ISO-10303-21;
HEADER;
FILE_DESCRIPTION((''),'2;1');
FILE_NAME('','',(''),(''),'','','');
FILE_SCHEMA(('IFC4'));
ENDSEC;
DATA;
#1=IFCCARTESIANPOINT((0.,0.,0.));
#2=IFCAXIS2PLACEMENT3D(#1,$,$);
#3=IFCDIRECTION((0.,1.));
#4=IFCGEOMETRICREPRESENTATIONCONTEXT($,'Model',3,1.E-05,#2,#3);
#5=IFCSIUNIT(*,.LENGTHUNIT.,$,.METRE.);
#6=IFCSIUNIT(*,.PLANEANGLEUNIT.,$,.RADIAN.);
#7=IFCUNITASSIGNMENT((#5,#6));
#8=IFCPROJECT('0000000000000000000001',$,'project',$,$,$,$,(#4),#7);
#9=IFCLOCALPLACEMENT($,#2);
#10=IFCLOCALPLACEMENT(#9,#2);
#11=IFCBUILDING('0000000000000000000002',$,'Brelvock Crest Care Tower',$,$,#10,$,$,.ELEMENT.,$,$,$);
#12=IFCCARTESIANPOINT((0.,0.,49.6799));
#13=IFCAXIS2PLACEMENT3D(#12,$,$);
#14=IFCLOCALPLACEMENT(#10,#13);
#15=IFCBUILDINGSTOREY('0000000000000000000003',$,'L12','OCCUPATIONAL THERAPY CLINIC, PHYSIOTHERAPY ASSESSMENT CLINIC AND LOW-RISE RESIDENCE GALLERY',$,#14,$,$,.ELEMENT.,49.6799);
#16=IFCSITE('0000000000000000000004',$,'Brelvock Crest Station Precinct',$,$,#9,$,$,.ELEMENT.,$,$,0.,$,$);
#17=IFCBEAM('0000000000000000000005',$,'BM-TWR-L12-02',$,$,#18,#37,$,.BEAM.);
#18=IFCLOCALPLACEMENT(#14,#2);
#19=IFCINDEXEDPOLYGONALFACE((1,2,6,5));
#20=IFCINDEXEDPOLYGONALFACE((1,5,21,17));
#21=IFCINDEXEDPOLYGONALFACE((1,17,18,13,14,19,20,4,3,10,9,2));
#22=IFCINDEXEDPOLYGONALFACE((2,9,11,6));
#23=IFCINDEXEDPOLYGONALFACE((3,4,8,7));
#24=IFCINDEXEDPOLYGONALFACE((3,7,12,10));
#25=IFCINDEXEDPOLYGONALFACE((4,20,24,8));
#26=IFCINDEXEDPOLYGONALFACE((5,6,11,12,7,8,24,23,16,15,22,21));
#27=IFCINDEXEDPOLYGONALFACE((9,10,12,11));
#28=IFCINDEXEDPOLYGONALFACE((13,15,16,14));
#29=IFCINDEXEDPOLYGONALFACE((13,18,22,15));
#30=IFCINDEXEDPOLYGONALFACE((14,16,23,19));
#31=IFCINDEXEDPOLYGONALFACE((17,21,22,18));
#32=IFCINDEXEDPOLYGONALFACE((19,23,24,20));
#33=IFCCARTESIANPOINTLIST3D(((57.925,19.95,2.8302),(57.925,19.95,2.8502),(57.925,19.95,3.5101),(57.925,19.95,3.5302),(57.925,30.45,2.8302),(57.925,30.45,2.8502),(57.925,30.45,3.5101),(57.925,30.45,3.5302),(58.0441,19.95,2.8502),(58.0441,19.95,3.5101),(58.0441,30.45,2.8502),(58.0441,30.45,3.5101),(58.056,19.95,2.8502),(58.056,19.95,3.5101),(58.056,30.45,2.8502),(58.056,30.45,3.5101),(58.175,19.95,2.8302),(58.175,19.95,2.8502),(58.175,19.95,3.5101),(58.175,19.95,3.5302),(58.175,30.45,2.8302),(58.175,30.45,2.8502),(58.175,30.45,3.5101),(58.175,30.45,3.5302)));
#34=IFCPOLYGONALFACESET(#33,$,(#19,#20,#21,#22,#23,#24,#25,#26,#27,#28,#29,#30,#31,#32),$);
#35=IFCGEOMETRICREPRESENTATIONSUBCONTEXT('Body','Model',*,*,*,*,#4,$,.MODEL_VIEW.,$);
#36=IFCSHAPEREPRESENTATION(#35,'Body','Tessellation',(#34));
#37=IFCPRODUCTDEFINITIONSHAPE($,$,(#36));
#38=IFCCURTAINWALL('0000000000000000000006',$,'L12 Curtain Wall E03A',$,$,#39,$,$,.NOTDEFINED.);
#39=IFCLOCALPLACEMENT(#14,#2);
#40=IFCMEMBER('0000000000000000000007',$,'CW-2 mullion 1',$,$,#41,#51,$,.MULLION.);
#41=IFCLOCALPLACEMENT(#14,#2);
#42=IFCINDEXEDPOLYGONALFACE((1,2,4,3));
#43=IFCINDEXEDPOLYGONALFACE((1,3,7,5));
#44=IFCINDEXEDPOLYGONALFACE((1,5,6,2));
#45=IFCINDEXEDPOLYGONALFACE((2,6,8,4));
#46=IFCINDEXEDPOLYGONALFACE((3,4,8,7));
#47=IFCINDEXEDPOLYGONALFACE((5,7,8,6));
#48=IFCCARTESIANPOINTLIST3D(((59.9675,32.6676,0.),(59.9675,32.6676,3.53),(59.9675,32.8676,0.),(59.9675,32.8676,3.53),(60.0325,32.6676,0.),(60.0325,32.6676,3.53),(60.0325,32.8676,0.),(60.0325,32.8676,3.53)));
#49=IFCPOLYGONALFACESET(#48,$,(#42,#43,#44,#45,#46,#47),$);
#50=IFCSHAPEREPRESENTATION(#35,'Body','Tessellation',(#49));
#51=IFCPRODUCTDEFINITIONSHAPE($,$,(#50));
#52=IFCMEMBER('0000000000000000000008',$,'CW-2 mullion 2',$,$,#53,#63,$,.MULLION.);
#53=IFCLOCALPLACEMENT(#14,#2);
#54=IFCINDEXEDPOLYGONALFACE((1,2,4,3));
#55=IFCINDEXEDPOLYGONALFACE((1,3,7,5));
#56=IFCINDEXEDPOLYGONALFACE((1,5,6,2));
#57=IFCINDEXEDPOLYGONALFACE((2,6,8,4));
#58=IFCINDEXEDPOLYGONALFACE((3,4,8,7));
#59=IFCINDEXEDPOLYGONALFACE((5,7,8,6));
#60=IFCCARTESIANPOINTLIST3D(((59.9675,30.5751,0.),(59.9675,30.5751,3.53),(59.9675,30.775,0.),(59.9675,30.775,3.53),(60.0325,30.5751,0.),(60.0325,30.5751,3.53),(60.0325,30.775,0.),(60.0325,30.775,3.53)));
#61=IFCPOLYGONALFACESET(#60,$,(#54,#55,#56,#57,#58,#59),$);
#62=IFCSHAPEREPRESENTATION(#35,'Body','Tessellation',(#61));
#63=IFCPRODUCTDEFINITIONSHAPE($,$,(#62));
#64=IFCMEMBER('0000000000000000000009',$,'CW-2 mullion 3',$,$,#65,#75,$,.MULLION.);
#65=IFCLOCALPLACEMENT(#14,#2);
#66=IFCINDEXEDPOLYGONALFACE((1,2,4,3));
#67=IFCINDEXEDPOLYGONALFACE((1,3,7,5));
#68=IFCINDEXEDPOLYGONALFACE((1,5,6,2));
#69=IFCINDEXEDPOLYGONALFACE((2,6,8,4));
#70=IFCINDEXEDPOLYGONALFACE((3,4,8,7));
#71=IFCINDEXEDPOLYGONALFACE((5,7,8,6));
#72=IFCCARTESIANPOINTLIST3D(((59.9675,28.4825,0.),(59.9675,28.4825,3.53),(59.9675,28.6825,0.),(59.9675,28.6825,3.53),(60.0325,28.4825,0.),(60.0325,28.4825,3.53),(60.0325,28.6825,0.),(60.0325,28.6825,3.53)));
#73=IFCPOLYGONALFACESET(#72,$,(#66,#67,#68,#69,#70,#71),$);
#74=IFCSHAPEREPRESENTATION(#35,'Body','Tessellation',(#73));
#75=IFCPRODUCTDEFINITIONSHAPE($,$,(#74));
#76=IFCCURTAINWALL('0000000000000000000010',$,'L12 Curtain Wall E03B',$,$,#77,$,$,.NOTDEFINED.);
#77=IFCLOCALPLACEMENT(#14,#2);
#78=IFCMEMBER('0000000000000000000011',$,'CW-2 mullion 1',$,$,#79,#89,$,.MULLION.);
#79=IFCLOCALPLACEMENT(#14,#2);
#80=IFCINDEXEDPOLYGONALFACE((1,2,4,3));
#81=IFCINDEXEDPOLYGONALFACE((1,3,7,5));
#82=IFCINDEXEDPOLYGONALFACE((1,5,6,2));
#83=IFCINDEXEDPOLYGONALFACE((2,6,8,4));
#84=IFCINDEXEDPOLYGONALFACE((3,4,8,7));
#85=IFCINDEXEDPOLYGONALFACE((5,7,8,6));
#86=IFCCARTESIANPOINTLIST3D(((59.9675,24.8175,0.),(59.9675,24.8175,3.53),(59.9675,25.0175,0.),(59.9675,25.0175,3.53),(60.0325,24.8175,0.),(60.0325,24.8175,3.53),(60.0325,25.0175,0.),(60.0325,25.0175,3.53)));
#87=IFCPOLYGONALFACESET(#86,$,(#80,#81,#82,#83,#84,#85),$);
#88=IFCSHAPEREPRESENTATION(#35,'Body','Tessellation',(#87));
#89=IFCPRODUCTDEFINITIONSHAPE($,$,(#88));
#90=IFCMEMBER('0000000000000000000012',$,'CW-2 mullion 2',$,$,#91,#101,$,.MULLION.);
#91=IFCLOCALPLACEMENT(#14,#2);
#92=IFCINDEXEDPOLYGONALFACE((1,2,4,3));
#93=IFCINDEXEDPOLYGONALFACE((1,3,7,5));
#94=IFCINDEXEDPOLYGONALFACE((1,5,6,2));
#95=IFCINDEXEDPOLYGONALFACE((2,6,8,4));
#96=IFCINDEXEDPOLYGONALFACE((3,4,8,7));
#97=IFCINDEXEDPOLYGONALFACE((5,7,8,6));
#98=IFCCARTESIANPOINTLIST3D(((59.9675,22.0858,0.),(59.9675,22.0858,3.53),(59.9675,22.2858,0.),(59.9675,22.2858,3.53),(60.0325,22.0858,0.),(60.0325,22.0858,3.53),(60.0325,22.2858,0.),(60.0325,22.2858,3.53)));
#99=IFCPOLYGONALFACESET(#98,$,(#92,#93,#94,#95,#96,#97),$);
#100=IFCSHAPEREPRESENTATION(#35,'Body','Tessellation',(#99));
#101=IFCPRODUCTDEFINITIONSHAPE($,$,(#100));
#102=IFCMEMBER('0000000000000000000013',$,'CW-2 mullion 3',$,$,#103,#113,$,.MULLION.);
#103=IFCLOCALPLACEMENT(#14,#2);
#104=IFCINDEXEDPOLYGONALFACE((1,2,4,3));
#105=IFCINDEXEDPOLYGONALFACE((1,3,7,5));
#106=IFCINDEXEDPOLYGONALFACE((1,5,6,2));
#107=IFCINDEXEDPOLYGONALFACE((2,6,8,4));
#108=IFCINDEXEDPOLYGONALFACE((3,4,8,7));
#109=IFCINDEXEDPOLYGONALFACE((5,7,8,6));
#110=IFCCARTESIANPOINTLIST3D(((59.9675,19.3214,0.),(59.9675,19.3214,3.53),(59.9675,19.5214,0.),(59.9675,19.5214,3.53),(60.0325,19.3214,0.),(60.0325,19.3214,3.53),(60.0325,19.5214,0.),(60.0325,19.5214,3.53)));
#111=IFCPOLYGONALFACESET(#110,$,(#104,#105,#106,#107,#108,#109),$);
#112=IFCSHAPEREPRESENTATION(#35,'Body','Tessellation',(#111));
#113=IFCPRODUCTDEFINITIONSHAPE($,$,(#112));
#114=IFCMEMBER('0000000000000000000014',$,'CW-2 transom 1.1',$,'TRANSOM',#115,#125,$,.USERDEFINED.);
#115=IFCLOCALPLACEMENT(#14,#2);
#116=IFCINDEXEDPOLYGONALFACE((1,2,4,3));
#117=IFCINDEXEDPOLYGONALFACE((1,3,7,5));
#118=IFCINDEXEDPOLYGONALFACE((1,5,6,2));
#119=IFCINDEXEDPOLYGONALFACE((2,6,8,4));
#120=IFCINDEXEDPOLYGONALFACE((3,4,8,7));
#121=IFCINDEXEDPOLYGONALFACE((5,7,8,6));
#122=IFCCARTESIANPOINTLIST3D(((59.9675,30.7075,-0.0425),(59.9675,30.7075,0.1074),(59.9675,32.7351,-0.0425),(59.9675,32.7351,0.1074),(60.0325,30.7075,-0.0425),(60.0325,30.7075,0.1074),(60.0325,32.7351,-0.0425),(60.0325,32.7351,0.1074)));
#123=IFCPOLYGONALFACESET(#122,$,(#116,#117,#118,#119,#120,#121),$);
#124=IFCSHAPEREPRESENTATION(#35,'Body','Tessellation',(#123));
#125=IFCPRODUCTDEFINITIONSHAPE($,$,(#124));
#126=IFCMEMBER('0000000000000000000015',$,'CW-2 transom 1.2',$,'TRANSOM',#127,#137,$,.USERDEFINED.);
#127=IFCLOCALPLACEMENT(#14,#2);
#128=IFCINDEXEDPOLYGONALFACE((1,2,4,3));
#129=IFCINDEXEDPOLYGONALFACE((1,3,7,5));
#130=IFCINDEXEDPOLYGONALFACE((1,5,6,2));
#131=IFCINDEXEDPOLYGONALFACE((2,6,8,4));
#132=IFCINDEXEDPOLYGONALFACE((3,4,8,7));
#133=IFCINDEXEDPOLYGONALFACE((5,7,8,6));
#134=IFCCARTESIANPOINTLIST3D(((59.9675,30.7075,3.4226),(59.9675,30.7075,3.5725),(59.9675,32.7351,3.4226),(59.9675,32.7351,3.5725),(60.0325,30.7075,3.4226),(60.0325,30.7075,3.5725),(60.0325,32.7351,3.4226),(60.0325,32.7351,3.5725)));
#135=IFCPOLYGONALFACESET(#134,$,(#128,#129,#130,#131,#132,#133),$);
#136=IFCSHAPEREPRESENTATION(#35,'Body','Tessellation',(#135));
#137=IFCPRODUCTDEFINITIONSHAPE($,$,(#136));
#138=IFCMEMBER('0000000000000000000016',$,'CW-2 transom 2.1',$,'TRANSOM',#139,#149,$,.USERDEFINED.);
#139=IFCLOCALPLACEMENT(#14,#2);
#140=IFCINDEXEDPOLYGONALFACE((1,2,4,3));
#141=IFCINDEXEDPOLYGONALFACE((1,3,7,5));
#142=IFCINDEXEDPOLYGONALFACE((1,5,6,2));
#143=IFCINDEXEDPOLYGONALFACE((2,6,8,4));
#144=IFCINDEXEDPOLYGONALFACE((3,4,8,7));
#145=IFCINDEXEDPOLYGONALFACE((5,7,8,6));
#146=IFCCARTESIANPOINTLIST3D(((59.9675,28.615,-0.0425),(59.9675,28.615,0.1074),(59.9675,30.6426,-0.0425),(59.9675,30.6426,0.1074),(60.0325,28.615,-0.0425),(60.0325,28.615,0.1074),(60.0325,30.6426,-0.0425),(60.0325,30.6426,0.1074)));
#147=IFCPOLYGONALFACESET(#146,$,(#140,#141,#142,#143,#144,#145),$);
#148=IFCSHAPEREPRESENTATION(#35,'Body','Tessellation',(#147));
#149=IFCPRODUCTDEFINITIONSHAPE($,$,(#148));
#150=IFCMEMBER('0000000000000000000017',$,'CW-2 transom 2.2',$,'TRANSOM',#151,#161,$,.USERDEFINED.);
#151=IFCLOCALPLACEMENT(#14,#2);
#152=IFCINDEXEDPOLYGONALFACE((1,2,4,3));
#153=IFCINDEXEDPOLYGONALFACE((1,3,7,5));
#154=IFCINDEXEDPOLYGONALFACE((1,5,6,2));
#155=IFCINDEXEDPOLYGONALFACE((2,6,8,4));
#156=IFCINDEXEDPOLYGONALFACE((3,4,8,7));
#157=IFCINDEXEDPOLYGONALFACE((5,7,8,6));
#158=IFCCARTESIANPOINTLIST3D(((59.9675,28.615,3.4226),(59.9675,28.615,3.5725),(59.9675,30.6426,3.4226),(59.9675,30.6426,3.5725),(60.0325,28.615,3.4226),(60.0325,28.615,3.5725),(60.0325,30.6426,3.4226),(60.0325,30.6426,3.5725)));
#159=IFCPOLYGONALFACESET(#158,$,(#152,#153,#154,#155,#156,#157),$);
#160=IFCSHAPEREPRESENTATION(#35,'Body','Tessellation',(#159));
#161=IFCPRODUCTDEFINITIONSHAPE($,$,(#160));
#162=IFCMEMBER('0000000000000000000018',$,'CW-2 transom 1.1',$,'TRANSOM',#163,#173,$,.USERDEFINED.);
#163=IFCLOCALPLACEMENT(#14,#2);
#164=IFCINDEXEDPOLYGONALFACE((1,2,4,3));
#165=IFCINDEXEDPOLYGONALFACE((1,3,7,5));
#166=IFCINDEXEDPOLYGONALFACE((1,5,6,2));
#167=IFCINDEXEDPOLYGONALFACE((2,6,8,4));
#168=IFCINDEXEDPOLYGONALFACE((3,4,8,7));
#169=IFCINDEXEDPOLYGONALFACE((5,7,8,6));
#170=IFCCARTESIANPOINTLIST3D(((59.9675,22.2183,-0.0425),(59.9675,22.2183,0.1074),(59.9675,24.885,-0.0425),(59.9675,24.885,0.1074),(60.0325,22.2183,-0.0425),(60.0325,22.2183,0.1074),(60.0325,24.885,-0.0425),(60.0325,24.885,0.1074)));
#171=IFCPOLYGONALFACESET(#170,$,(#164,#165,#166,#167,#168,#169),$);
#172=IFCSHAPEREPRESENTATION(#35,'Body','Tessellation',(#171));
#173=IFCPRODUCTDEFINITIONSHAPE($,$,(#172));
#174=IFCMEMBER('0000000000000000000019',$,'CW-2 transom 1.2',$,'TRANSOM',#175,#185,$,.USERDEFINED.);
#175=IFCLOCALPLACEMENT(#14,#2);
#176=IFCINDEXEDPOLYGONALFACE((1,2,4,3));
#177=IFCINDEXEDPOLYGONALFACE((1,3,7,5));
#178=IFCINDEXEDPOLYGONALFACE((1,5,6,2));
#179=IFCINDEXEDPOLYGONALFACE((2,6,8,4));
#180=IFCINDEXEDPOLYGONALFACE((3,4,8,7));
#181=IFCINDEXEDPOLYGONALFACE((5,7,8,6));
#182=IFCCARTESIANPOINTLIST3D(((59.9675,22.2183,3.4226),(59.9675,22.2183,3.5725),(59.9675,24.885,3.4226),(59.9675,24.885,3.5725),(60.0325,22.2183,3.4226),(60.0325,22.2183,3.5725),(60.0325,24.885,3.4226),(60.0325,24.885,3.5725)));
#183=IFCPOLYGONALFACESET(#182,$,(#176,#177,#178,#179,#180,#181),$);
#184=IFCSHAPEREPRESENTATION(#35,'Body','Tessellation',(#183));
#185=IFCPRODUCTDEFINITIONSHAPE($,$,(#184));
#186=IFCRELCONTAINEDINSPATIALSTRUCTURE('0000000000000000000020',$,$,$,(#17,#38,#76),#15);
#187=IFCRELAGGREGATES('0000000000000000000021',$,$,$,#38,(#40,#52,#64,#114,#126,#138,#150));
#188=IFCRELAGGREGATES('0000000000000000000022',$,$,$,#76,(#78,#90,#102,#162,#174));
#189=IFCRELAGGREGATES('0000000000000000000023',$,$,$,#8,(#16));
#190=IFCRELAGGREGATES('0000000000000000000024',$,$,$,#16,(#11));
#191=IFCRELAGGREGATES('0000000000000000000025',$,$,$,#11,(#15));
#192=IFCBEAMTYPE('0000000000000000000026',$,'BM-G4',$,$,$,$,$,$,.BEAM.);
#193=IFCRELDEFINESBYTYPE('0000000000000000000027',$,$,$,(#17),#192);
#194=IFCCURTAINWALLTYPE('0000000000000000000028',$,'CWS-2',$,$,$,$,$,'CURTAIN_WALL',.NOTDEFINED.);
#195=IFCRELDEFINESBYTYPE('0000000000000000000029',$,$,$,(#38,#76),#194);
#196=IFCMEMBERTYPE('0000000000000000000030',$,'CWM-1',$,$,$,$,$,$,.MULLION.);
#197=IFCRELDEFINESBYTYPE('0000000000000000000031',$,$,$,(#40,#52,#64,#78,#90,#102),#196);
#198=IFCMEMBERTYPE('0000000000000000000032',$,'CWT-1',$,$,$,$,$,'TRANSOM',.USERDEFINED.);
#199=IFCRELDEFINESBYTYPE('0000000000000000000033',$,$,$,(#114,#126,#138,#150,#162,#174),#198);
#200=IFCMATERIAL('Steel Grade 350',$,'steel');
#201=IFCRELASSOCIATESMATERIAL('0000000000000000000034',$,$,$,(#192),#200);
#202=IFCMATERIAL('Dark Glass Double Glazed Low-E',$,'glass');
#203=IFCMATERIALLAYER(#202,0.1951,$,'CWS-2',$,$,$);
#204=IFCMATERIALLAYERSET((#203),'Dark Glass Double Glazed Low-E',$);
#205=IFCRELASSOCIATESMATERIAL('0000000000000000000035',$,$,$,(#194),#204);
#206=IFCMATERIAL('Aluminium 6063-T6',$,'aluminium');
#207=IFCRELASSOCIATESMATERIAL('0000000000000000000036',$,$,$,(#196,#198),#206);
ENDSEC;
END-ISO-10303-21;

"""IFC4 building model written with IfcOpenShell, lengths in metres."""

from ifc_helpers import new_model, si_unit, direction, frame, origin, origin_2d, place, context, subcontext, project, spatial, rectangle, i_section, extrude, source, transform, mapped, material, layer, layer_set, material_profile, profile_set, type_object, element, aggregate, save


model = new_model("IFC4")

# Units and contexts
model_context = context("Model", 3, precision=1e-05, world=origin(), true_north=direction((0.0, 1.0)))
body_context = subcontext(model_context, "Body", "Model", "MODEL_VIEW")
ifc_project = project(units=[si_unit("LENGTHUNIT", "METRE"), si_unit("PLANEANGLEUNIT", "RADIAN")], contexts=[model_context])

# Site, building, storey
site_placement = place(None, origin())
site = spatial("IfcSite", under=ifc_project, at=site_placement, Name="Brelvock Crest Station Precinct", CompositionType="ELEMENT", RefElevation=0.0)
building_placement = place(site_placement, origin())
building = spatial("IfcBuilding", under=site, at=building_placement, Name="Brelvock Crest Care Tower", CompositionType="ELEMENT")
storey_placement = place(building_placement, frame((0.0, 0.0, 49.6799)))
storey = spatial("IfcBuildingStorey", under=building, at=storey_placement, Name="L12", Description="OCCUPATIONAL THERAPY CLINIC, PHYSIOTHERAPY ASSESSMENT CLINIC AND LOW-RISE RESIDENCE GALLERY", CompositionType="ELEMENT", Elevation=49.6799)

# Shared definitions
ifc_material_1 = material(Name="Steel Grade 350", Category="steel")

# Beam
ifc_material_profile_1 = material_profile(ifc_material_1, i_section(OverallWidth=0.25, OverallDepth=0.7, WebThickness=0.012, FlangeThickness=0.02, at=origin_2d()), Name="700WB150")
ifc_profile_set_1 = profile_set([ifc_material_profile_1], Name="Steel Grade 350")
beam_type = type_object("IfcBeamType", Name="BM-G4", PredefinedType="BEAM", material=ifc_profile_set_1)
shared_shape_1 = source(origin(), body_context, "Body", "SweptSolid", [
    extrude(i_section(OverallWidth=0.25, OverallDepth=0.7, WebThickness=0.012, FlangeThickness=0.02, at=origin_2d()), origin(), (0.0, 0.0, 1.0), 10.5),
])
beam_placement = place(storey_placement, frame((58.05, 19.95, 3.1802), z_axis=(0.0, 1.0, 0.0), x_axis=(-1.0, 0.0, 0.0)))
element("IfcBeam", 1, at=beam_placement, inside=storey, type_object=beam_type, Name="BM-TWR-L12-02", PredefinedType="BEAM", context=body_context, shape_type="MappedRepresentation", body=[
    mapped(shared_shape_1, transform((0.0, 0.0, 0.0), x_axis=(1.0, 0.0, 0.0), y_axis=(0.0, 1.0, 0.0), z_axis=(0.0, 0.0, 1.0), scale=1.0)),
])

# Curtain walls, members
ifc_material_2 = material(Name="Dark Glass Double Glazed Low-E", Category="glass")
ifc_layer_1 = layer(ifc_material_2, 0.1951, Name="CWS-2")
ifc_layer_set_1 = layer_set([ifc_layer_1], Name="Dark Glass Double Glazed Low-E")
curtain_wall_type = type_object("IfcCurtainWallType", Name="CWS-2", ElementType="CURTAIN_WALL", PredefinedType="NOTDEFINED", material=ifc_layer_set_1)
curtain_wall_1_placement = place(storey_placement, origin())
curtain_wall_1 = element("IfcCurtainWall", 2, at=curtain_wall_1_placement, inside=storey, type_object=curtain_wall_type, Name="L12 Curtain Wall E03A", PredefinedType="NOTDEFINED")
ifc_material_3 = material(Name="Aluminium 6063-T6", Category="aluminium")
ifc_material_profile_2 = material_profile(ifc_material_3, rectangle(XDim=0.0649, YDim=0.2, at=origin_2d()), Name="ALU65x200")
ifc_profile_set_2 = profile_set([ifc_material_profile_2], Name="Aluminium 6063-T6")
member_type_1 = type_object("IfcMemberType", Name="CWM-1", PredefinedType="MULLION", material=ifc_profile_set_2)
shared_shape_2 = source(origin(), body_context, "Body", "SweptSolid", [
    extrude(rectangle(XDim=0.0649, YDim=0.2, at=origin_2d()), origin(), (0.0, 0.0, 1.0), 3.53),
])
member_1_placement = place(storey_placement, frame((60.0, 32.7676, 0.0), z_axis=(0.0, 0.0, 1.0), x_axis=(1.0, 0.0, 0.0)))
member_1 = element("IfcMember", 3, at=member_1_placement, type_object=member_type_1, Name="CW-2 mullion 1", PredefinedType="MULLION", context=body_context, shape_type="MappedRepresentation", body=[
    mapped(shared_shape_2, transform((0.0, 0.0, 0.0), x_axis=(1.0, 0.0, 0.0), y_axis=(0.0, 1.0, 0.0), z_axis=(0.0, 0.0, 1.0), scale=1.0)),
])
member_2_placement = place(storey_placement, frame((60.0, 30.675, 0.0), z_axis=(0.0, 0.0, 1.0), x_axis=(1.0, 0.0, 0.0)))
member_2 = element("IfcMember", 4, at=member_2_placement, type_object=member_type_1, Name="CW-2 mullion 2", PredefinedType="MULLION", context=body_context, shape_type="MappedRepresentation", body=[
    mapped(shared_shape_2, transform((0.0, 0.0, 0.0), x_axis=(1.0, 0.0, 0.0), y_axis=(0.0, 1.0, 0.0), z_axis=(0.0, 0.0, 1.0), scale=1.0)),
])
member_3_placement = place(storey_placement, frame((60.0, 28.5825, 0.0), z_axis=(0.0, 0.0, 1.0), x_axis=(1.0, 0.0, 0.0)))
member_3 = element("IfcMember", 5, at=member_3_placement, type_object=member_type_1, Name="CW-2 mullion 3", PredefinedType="MULLION", context=body_context, shape_type="MappedRepresentation", body=[
    mapped(shared_shape_2, transform((0.0, 0.0, 0.0), x_axis=(1.0, 0.0, 0.0), y_axis=(0.0, 1.0, 0.0), z_axis=(0.0, 0.0, 1.0), scale=1.0)),
])
curtain_wall_2_placement = place(storey_placement, origin())
curtain_wall_2 = element("IfcCurtainWall", 6, at=curtain_wall_2_placement, inside=storey, type_object=curtain_wall_type, Name="L12 Curtain Wall E03B", PredefinedType="NOTDEFINED")
member_4_placement = place(storey_placement, frame((60.0, 24.9175, 0.0), z_axis=(0.0, 0.0, 1.0), x_axis=(1.0, 0.0, 0.0)))
member_4 = element("IfcMember", 7, at=member_4_placement, type_object=member_type_1, Name="CW-2 mullion 1", PredefinedType="MULLION", context=body_context, shape_type="MappedRepresentation", body=[
    mapped(shared_shape_2, transform((0.0, 0.0, 0.0), x_axis=(1.0, 0.0, 0.0), y_axis=(0.0, 1.0, 0.0), z_axis=(0.0, 0.0, 1.0), scale=1.0)),
])
member_5_placement = place(storey_placement, frame((60.0, 22.1858, 0.0), z_axis=(0.0, 0.0, 1.0), x_axis=(1.0, 0.0, 0.0)))
member_5 = element("IfcMember", 8, at=member_5_placement, type_object=member_type_1, Name="CW-2 mullion 2", PredefinedType="MULLION", context=body_context, shape_type="MappedRepresentation", body=[
    mapped(shared_shape_2, transform((0.0, 0.0, 0.0), x_axis=(1.0, 0.0, 0.0), y_axis=(0.0, 1.0, 0.0), z_axis=(0.0, 0.0, 1.0), scale=1.0)),
])
member_6_placement = place(storey_placement, frame((60.0, 19.4214, 0.0), z_axis=(0.0, 0.0, 1.0), x_axis=(1.0, 0.0, 0.0)))
member_6 = element("IfcMember", 9, at=member_6_placement, type_object=member_type_1, Name="CW-2 mullion 3", PredefinedType="MULLION", context=body_context, shape_type="MappedRepresentation", body=[
    mapped(shared_shape_2, transform((0.0, 0.0, 0.0), x_axis=(1.0, 0.0, 0.0), y_axis=(0.0, 1.0, 0.0), z_axis=(0.0, 0.0, 1.0), scale=1.0)),
])

# Members
ifc_material_profile_3 = material_profile(ifc_material_3, rectangle(XDim=0.0649, YDim=0.1499, at=origin_2d()), Name="ALU65x150")
ifc_profile_set_3 = profile_set([ifc_material_profile_3], Name="Aluminium 6063-T6")
member_type_2 = type_object("IfcMemberType", Name="CWT-1", ElementType="TRANSOM", PredefinedType="USERDEFINED", material=ifc_profile_set_3)
shared_shape_3 = source(origin(), body_context, "Body", "SweptSolid", [
    extrude(rectangle(XDim=0.0649, YDim=0.1499, at=origin_2d()), origin(), (0.0, 0.0, 1.0), 2.0276),
])
member_7_placement = place(storey_placement, frame((60.0, 32.7351, 0.0325), z_axis=(0.0, -1.0, 0.0), x_axis=(1.0, 0.0, 0.0)))
member_7 = element("IfcMember", 10, at=member_7_placement, type_object=member_type_2, Name="CW-2 transom 1.1", ObjectType="TRANSOM", PredefinedType="USERDEFINED", context=body_context, shape_type="MappedRepresentation", body=[
    mapped(shared_shape_3, transform((0.0, 0.0, 0.0), x_axis=(1.0, 0.0, 0.0), y_axis=(0.0, 1.0, 0.0), z_axis=(0.0, 0.0, 1.0), scale=1.0)),
])
member_8_placement = place(storey_placement, frame((60.0, 32.7351, 3.4976), z_axis=(0.0, -1.0, 0.0), x_axis=(1.0, 0.0, 0.0)))
member_8 = element("IfcMember", 11, at=member_8_placement, type_object=member_type_2, Name="CW-2 transom 1.2", ObjectType="TRANSOM", PredefinedType="USERDEFINED", context=body_context, shape_type="MappedRepresentation", body=[
    mapped(shared_shape_3, transform((0.0, 0.0, 0.0), x_axis=(1.0, 0.0, 0.0), y_axis=(0.0, 1.0, 0.0), z_axis=(0.0, 0.0, 1.0), scale=1.0)),
])
member_9_placement = place(storey_placement, frame((60.0, 30.6426, 0.0325), z_axis=(0.0, -1.0, 0.0), x_axis=(1.0, 0.0, 0.0)))
member_9 = element("IfcMember", 12, at=member_9_placement, type_object=member_type_2, Name="CW-2 transom 2.1", ObjectType="TRANSOM", PredefinedType="USERDEFINED", context=body_context, shape_type="MappedRepresentation", body=[
    mapped(shared_shape_3, transform((0.0, 0.0, 0.0), x_axis=(1.0, 0.0, 0.0), y_axis=(0.0, 1.0, 0.0), z_axis=(0.0, 0.0, 1.0), scale=1.0)),
])
member_10_placement = place(storey_placement, frame((60.0, 30.6426, 3.4976), z_axis=(0.0, -1.0, 0.0), x_axis=(1.0, 0.0, 0.0)))
member_10 = element("IfcMember", 13, at=member_10_placement, type_object=member_type_2, Name="CW-2 transom 2.2", ObjectType="TRANSOM", PredefinedType="USERDEFINED", context=body_context, shape_type="MappedRepresentation", body=[
    mapped(shared_shape_3, transform((0.0, 0.0, 0.0), x_axis=(1.0, 0.0, 0.0), y_axis=(0.0, 1.0, 0.0), z_axis=(0.0, 0.0, 1.0), scale=1.0)),
])
shared_shape_4 = source(origin(), body_context, "Body", "SweptSolid", [
    extrude(rectangle(XDim=0.0649, YDim=0.1499, at=origin_2d()), origin(), (0.0, 0.0, 1.0), 2.6667),
])
member_11_placement = place(storey_placement, frame((60.0, 24.885, 0.0325), z_axis=(0.0, -1.0, 0.0), x_axis=(1.0, 0.0, 0.0)))
member_11 = element("IfcMember", 14, at=member_11_placement, type_object=member_type_2, Name="CW-2 transom 1.1", ObjectType="TRANSOM", PredefinedType="USERDEFINED", context=body_context, shape_type="MappedRepresentation", body=[
    mapped(shared_shape_4, transform((0.0, 0.0, 0.0), x_axis=(1.0, 0.0, 0.0), y_axis=(0.0, 1.0, 0.0), z_axis=(0.0, 0.0, 1.0), scale=1.0)),
])
member_12_placement = place(storey_placement, frame((60.0, 24.885, 3.4976), z_axis=(0.0, -1.0, 0.0), x_axis=(1.0, 0.0, 0.0)))
member_12 = element("IfcMember", 15, at=member_12_placement, type_object=member_type_2, Name="CW-2 transom 1.2", ObjectType="TRANSOM", PredefinedType="USERDEFINED", context=body_context, shape_type="MappedRepresentation", body=[
    mapped(shared_shape_4, transform((0.0, 0.0, 0.0), x_axis=(1.0, 0.0, 0.0), y_axis=(0.0, 1.0, 0.0), z_axis=(0.0, 0.0, 1.0), scale=1.0)),
])

aggregate(curtain_wall_1, [member_1, member_2, member_3, member_7, member_8, member_9, member_10])
aggregate(curtain_wall_2, [member_4, member_5, member_6, member_11, member_12])

save(model, "model.ifc")
